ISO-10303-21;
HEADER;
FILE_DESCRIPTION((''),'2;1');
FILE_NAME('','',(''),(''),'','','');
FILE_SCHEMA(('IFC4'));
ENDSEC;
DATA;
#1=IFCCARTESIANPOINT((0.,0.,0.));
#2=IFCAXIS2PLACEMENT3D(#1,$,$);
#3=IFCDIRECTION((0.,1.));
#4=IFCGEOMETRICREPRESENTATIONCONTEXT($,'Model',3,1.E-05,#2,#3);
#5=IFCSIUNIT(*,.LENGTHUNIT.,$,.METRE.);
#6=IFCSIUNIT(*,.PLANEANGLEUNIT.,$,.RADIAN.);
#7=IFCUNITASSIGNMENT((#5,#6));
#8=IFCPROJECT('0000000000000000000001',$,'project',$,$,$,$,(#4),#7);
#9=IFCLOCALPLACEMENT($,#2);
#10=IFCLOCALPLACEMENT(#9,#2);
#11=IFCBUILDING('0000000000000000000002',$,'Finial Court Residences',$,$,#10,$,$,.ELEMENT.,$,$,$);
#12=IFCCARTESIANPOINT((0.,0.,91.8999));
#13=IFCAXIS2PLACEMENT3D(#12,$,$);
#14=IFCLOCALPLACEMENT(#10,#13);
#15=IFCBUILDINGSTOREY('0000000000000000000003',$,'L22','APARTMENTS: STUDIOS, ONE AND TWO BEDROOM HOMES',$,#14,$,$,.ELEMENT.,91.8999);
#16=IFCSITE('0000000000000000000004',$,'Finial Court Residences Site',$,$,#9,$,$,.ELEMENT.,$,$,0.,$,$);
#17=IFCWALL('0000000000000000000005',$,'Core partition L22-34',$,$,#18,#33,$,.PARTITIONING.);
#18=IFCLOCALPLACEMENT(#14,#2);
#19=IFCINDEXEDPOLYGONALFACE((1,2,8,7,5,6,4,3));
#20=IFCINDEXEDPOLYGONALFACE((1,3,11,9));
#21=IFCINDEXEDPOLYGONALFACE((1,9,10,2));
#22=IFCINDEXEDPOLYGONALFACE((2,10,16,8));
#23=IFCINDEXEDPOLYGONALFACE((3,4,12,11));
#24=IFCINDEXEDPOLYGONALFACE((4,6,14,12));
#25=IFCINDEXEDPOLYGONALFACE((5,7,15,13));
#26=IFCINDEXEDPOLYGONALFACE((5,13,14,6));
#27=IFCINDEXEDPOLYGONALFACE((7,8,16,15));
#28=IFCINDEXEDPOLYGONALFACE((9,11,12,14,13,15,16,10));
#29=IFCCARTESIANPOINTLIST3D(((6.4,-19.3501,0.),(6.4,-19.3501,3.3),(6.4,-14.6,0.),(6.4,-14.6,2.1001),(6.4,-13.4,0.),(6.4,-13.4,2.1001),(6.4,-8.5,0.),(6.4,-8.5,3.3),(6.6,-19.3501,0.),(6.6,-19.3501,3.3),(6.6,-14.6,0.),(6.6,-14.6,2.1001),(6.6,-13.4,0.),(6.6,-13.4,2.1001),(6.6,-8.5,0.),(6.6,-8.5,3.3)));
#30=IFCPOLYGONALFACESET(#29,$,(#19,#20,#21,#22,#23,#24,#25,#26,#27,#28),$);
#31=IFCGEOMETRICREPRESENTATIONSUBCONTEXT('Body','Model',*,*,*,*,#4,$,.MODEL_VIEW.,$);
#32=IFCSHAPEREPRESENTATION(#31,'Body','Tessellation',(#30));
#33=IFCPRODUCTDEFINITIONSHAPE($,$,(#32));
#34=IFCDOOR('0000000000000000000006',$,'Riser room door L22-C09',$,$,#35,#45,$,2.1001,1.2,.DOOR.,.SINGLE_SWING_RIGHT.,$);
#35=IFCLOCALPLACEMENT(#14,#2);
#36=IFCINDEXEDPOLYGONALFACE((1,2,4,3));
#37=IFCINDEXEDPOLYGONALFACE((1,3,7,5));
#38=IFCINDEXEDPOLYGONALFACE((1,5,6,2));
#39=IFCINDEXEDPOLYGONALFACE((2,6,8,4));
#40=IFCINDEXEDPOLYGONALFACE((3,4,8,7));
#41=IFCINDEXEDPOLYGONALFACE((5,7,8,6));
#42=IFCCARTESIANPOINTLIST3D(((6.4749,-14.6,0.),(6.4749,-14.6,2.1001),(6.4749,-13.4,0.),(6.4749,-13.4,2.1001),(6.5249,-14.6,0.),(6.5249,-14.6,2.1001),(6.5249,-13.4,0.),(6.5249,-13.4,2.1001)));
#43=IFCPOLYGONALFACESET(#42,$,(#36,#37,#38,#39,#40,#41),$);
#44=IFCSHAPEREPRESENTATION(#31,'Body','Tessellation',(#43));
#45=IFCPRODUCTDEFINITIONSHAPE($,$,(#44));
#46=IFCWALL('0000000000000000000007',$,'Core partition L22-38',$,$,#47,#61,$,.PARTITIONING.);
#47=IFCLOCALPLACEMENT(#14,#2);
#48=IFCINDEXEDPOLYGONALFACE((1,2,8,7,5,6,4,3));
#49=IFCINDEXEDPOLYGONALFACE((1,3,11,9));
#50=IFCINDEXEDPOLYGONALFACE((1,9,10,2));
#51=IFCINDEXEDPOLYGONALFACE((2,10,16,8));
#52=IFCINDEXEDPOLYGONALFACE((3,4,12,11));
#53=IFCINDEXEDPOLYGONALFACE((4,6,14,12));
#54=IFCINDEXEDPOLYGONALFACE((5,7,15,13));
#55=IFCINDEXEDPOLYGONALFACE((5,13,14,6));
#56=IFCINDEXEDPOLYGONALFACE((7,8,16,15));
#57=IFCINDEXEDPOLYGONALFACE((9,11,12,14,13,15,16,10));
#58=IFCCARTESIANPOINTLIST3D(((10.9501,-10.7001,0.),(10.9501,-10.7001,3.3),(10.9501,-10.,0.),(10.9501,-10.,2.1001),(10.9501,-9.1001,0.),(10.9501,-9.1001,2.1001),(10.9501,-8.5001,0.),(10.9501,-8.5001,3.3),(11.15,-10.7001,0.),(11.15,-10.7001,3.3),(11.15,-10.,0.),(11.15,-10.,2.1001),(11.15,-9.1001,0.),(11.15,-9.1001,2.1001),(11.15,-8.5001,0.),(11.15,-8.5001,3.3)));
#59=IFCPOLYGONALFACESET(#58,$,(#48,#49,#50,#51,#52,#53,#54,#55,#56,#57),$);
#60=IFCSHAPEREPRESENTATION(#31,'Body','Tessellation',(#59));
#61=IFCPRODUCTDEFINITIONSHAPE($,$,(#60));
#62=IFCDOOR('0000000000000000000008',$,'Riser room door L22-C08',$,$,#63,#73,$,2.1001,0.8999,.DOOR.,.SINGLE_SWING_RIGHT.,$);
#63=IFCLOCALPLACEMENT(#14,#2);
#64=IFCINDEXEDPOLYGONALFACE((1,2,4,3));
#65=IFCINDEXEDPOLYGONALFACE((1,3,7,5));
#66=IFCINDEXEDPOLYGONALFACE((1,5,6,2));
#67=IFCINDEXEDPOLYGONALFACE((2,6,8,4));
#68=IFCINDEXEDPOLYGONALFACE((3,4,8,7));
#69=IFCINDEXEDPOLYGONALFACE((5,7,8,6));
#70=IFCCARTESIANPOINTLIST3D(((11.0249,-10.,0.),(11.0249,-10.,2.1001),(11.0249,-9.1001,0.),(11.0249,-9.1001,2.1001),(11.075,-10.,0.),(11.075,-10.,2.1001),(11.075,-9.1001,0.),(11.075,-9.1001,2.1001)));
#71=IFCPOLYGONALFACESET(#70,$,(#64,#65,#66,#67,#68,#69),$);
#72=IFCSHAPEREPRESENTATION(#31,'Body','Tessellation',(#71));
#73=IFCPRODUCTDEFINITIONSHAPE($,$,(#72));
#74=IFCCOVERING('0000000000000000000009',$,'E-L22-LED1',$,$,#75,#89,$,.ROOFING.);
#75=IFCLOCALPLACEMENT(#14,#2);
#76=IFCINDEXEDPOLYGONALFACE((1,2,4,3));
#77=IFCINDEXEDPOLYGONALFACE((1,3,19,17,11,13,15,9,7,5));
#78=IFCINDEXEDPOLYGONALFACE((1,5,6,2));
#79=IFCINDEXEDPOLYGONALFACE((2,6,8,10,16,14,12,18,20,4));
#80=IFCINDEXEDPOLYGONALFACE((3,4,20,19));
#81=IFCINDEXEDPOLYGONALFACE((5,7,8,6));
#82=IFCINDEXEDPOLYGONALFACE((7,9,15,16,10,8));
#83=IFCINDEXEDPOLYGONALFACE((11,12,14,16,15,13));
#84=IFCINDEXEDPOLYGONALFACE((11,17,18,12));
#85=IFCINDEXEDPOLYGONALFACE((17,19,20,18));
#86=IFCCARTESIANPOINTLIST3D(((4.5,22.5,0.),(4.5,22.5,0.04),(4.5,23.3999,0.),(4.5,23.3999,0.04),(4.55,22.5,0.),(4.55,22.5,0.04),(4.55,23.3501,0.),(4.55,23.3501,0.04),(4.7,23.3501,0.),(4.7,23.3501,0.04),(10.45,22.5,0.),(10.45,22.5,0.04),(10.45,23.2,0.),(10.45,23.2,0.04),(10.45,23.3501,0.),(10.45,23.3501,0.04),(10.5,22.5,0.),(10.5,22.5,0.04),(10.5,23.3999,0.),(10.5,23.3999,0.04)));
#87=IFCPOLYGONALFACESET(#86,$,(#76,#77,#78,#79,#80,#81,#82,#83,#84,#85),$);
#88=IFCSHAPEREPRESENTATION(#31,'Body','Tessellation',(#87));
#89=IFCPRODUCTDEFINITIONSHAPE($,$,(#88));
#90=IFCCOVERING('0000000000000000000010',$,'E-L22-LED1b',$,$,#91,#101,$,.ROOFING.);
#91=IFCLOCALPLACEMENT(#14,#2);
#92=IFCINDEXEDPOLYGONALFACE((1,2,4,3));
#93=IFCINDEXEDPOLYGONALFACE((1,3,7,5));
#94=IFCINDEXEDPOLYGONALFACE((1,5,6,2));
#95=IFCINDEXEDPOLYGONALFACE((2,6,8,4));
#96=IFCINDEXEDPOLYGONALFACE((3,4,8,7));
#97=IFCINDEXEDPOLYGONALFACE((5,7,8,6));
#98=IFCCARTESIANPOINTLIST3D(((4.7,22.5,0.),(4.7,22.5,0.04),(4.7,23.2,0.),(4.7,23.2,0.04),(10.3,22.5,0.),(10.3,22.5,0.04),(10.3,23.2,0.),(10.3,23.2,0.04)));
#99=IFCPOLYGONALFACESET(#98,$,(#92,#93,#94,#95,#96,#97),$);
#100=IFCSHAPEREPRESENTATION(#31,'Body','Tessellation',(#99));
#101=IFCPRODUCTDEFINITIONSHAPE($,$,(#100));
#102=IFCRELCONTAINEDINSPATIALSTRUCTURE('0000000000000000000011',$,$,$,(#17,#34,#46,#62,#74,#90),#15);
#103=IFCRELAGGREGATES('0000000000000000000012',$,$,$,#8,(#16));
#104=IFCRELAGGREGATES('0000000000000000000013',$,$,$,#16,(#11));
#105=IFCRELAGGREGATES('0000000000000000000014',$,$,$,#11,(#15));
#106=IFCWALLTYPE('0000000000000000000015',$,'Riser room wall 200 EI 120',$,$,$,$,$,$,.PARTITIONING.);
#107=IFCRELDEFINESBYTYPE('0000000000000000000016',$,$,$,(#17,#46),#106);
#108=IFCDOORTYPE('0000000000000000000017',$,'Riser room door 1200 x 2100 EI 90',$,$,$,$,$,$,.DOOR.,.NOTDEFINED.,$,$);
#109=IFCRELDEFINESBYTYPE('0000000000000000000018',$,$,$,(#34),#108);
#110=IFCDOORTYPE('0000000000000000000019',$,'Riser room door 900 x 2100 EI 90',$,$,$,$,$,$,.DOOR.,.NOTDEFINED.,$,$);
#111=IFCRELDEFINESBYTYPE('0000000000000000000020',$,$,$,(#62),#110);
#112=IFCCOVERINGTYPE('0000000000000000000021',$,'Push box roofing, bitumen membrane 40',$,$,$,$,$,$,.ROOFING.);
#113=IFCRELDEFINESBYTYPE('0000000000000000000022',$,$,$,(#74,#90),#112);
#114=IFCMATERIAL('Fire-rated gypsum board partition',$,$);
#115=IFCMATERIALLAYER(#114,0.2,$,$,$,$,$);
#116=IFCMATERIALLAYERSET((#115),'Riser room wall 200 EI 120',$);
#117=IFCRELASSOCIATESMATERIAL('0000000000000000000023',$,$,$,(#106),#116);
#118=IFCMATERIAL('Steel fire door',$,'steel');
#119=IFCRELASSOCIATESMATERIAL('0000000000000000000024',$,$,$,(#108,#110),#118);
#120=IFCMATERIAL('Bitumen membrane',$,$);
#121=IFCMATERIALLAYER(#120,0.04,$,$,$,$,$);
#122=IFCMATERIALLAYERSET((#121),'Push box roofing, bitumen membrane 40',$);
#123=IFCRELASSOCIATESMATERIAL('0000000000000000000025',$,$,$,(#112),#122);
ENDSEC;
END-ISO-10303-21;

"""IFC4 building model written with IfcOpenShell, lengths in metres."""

from ifc_helpers import new_model, si_unit, direction, frame, frame_2d, origin, place, context, subcontext, project, spatial, polyline, rectangle, outline, extrude, material, layer, layer_set, type_object, element, fill, save


model = new_model("IFC4")

# Units and contexts
model_context = context("Model", 3, precision=1e-05, world=origin(), true_north=direction((0.0, 1.0)))
body_context = subcontext(model_context, "Body", "Model", "MODEL_VIEW")
ifc_project = project(units=[si_unit("LENGTHUNIT", "METRE"), si_unit("PLANEANGLEUNIT", "RADIAN")], contexts=[model_context])

# Site, building, storey
site_placement = place(None, origin())
site = spatial("IfcSite", under=ifc_project, at=site_placement, Name="Finial Court Residences Site", CompositionType="ELEMENT", RefElevation=0.0)
building_placement = place(site_placement, origin())
building = spatial("IfcBuilding", under=site, at=building_placement, Name="Finial Court Residences", CompositionType="ELEMENT")
storey_placement = place(building_placement, frame((0.0, 0.0, 91.8999)))
storey = spatial("IfcBuildingStorey", under=building, at=storey_placement, Name="L22", Description="APARTMENTS: STUDIOS, ONE AND TWO BEDROOM HOMES", CompositionType="ELEMENT", Elevation=91.8999)

# Walls, openings, doors
ifc_material_1 = material(Name="Fire-rated gypsum board partition")
ifc_layer_1 = layer(ifc_material_1, 0.2)
ifc_layer_set_1 = layer_set([ifc_layer_1], Name="Riser room wall 200 EI 120")
wall_type_1 = type_object("IfcWallType", Name="Riser room wall 200 EI 120", PredefinedType="PARTITIONING", material=ifc_layer_set_1)
wall_1_placement = place(storey_placement, frame((6.5, -8.5, 0.0), z_axis=(0.0, 0.0, 1.0), x_axis=(0.0, -1.0, 0.0)))
wall_1 = element("IfcWall", 1, at=wall_1_placement, inside=storey, type_object=wall_type_1, Name="Core partition L22-34", PredefinedType="PARTITIONING", context=body_context, shape_type="SweptSolid", body=[
    extrude(rectangle(XDim=10.8501, YDim=0.2, at=frame_2d((5.425, 0.0))), origin(), (0.0, 0.0, 1.0), 3.3),
])
opening_1_placement = place(wall_1_placement, frame((4.8999, 0.0, 0.0)))
opening_1 = element("IfcOpeningElement", 2, at=opening_1_placement, cuts=wall_1, PredefinedType="OPENING", context=body_context, shape_type="SweptSolid", body=[
    extrude(rectangle(XDim=1.2, YDim=2.1001, at=frame_2d((0.6001, 1.05))), frame((0.0, 0.1099, 0.0), z_axis=(0.0, -1.0, 0.0), x_axis=(1.0, 0.0, 0.0)), (0.0, 0.0, 1.0), 0.22),
])
ifc_material_2 = material(Name="Steel fire door", Category="steel")
door_type_1 = type_object("IfcDoorType", Name="Riser room door 1200 x 2100 EI 90", OperationType="NOTDEFINED", PredefinedType="DOOR", material=ifc_material_2)
door_1_placement = place(opening_1_placement, origin())
door_1 = element("IfcDoor", 3, at=door_1_placement, inside=storey, type_object=door_type_1, Name="Riser room door L22-C09", OperationType="SINGLE_SWING_RIGHT", OverallHeight=2.1001, OverallWidth=1.2, PredefinedType="DOOR", context=body_context, shape_type="SweptSolid", body=[
    extrude(rectangle(XDim=1.2, YDim=2.1001, at=frame_2d((0.6001, 1.05))), frame((0.0, 0.0249, 0.0), z_axis=(0.0, -1.0, 0.0), x_axis=(1.0, 0.0, 0.0)), (0.0, 0.0, 1.0), 0.05),
])
fill(opening_1, door_1)
wall_2_placement = place(storey_placement, frame((11.05, -8.5, 0.0), z_axis=(0.0, 0.0, 1.0), x_axis=(0.0, -1.0, 0.0)))
wall_2 = element("IfcWall", 4, at=wall_2_placement, inside=storey, type_object=wall_type_1, Name="Core partition L22-38", PredefinedType="PARTITIONING", context=body_context, shape_type="SweptSolid", body=[
    extrude(rectangle(XDim=2.2, YDim=0.2, at=frame_2d((1.1001, 0.0))), origin(), (0.0, 0.0, 1.0), 3.3),
])
opening_2_placement = place(wall_2_placement, frame((0.6001, 0.0, 0.0)))
opening_2 = element("IfcOpeningElement", 5, at=opening_2_placement, cuts=wall_2, PredefinedType="OPENING", context=body_context, shape_type="SweptSolid", body=[
    extrude(rectangle(XDim=0.8999, YDim=2.1001, at=frame_2d((0.45, 1.05))), frame((0.0, 0.1099, 0.0), z_axis=(0.0, -1.0, 0.0), x_axis=(1.0, 0.0, 0.0)), (0.0, 0.0, 1.0), 0.22),
])
door_type_2 = type_object("IfcDoorType", Name="Riser room door 900 x 2100 EI 90", OperationType="NOTDEFINED", PredefinedType="DOOR", material=ifc_material_2)
door_2_placement = place(opening_2_placement, origin())
door_2 = element("IfcDoor", 6, at=door_2_placement, inside=storey, type_object=door_type_2, Name="Riser room door L22-C08", OperationType="SINGLE_SWING_RIGHT", OverallHeight=2.1001, OverallWidth=0.8999, PredefinedType="DOOR", context=body_context, shape_type="SweptSolid", body=[
    extrude(rectangle(XDim=0.8999, YDim=2.1001, at=frame_2d((0.45, 1.05))), frame((0.0, 0.0249, 0.0), z_axis=(0.0, -1.0, 0.0), x_axis=(1.0, 0.0, 0.0)), (0.0, 0.0, 1.0), 0.05),
])
fill(opening_2, door_2)

# Coverings
ifc_material_3 = material(Name="Bitumen membrane")
ifc_layer_2 = layer(ifc_material_3, 0.04)
ifc_layer_set_2 = layer_set([ifc_layer_2], Name="Push box roofing, bitumen membrane 40")
covering_type = type_object("IfcCoveringType", Name="Push box roofing, bitumen membrane 40", PredefinedType="ROOFING", material=ifc_layer_set_2)
covering_1_placement = place(storey_placement, origin())
element("IfcCovering", 7, at=covering_1_placement, inside=storey, type_object=covering_type, Name="E-L22-LED1", PredefinedType="ROOFING", context=body_context, shape_type="SweptSolid", body=[
    extrude(outline(polyline([(10.45, 22.5), (10.45, 23.2), (10.45, 23.3501), (4.7, 23.3501), (4.7, 23.3501), (4.55, 23.3501), (4.55, 22.5), (4.5, 22.5), (4.5, 23.3999), (10.5, 23.3999), (10.5, 22.5), (10.45, 22.5)])), origin(), (0.0, 0.0, 1.0), 0.04),
])
covering_2_placement = place(storey_placement, origin())
element("IfcCovering", 8, at=covering_2_placement, inside=storey, type_object=covering_type, Name="E-L22-LED1b", PredefinedType="ROOFING", context=body_context, shape_type="SweptSolid", body=[
    extrude(outline(polyline([(4.7, 22.5), (4.7, 23.2), (10.3, 23.2), (10.3, 22.5), (4.7, 22.5)])), origin(), (0.0, 0.0, 1.0), 0.04),
])

save(model, "model.ifc")
